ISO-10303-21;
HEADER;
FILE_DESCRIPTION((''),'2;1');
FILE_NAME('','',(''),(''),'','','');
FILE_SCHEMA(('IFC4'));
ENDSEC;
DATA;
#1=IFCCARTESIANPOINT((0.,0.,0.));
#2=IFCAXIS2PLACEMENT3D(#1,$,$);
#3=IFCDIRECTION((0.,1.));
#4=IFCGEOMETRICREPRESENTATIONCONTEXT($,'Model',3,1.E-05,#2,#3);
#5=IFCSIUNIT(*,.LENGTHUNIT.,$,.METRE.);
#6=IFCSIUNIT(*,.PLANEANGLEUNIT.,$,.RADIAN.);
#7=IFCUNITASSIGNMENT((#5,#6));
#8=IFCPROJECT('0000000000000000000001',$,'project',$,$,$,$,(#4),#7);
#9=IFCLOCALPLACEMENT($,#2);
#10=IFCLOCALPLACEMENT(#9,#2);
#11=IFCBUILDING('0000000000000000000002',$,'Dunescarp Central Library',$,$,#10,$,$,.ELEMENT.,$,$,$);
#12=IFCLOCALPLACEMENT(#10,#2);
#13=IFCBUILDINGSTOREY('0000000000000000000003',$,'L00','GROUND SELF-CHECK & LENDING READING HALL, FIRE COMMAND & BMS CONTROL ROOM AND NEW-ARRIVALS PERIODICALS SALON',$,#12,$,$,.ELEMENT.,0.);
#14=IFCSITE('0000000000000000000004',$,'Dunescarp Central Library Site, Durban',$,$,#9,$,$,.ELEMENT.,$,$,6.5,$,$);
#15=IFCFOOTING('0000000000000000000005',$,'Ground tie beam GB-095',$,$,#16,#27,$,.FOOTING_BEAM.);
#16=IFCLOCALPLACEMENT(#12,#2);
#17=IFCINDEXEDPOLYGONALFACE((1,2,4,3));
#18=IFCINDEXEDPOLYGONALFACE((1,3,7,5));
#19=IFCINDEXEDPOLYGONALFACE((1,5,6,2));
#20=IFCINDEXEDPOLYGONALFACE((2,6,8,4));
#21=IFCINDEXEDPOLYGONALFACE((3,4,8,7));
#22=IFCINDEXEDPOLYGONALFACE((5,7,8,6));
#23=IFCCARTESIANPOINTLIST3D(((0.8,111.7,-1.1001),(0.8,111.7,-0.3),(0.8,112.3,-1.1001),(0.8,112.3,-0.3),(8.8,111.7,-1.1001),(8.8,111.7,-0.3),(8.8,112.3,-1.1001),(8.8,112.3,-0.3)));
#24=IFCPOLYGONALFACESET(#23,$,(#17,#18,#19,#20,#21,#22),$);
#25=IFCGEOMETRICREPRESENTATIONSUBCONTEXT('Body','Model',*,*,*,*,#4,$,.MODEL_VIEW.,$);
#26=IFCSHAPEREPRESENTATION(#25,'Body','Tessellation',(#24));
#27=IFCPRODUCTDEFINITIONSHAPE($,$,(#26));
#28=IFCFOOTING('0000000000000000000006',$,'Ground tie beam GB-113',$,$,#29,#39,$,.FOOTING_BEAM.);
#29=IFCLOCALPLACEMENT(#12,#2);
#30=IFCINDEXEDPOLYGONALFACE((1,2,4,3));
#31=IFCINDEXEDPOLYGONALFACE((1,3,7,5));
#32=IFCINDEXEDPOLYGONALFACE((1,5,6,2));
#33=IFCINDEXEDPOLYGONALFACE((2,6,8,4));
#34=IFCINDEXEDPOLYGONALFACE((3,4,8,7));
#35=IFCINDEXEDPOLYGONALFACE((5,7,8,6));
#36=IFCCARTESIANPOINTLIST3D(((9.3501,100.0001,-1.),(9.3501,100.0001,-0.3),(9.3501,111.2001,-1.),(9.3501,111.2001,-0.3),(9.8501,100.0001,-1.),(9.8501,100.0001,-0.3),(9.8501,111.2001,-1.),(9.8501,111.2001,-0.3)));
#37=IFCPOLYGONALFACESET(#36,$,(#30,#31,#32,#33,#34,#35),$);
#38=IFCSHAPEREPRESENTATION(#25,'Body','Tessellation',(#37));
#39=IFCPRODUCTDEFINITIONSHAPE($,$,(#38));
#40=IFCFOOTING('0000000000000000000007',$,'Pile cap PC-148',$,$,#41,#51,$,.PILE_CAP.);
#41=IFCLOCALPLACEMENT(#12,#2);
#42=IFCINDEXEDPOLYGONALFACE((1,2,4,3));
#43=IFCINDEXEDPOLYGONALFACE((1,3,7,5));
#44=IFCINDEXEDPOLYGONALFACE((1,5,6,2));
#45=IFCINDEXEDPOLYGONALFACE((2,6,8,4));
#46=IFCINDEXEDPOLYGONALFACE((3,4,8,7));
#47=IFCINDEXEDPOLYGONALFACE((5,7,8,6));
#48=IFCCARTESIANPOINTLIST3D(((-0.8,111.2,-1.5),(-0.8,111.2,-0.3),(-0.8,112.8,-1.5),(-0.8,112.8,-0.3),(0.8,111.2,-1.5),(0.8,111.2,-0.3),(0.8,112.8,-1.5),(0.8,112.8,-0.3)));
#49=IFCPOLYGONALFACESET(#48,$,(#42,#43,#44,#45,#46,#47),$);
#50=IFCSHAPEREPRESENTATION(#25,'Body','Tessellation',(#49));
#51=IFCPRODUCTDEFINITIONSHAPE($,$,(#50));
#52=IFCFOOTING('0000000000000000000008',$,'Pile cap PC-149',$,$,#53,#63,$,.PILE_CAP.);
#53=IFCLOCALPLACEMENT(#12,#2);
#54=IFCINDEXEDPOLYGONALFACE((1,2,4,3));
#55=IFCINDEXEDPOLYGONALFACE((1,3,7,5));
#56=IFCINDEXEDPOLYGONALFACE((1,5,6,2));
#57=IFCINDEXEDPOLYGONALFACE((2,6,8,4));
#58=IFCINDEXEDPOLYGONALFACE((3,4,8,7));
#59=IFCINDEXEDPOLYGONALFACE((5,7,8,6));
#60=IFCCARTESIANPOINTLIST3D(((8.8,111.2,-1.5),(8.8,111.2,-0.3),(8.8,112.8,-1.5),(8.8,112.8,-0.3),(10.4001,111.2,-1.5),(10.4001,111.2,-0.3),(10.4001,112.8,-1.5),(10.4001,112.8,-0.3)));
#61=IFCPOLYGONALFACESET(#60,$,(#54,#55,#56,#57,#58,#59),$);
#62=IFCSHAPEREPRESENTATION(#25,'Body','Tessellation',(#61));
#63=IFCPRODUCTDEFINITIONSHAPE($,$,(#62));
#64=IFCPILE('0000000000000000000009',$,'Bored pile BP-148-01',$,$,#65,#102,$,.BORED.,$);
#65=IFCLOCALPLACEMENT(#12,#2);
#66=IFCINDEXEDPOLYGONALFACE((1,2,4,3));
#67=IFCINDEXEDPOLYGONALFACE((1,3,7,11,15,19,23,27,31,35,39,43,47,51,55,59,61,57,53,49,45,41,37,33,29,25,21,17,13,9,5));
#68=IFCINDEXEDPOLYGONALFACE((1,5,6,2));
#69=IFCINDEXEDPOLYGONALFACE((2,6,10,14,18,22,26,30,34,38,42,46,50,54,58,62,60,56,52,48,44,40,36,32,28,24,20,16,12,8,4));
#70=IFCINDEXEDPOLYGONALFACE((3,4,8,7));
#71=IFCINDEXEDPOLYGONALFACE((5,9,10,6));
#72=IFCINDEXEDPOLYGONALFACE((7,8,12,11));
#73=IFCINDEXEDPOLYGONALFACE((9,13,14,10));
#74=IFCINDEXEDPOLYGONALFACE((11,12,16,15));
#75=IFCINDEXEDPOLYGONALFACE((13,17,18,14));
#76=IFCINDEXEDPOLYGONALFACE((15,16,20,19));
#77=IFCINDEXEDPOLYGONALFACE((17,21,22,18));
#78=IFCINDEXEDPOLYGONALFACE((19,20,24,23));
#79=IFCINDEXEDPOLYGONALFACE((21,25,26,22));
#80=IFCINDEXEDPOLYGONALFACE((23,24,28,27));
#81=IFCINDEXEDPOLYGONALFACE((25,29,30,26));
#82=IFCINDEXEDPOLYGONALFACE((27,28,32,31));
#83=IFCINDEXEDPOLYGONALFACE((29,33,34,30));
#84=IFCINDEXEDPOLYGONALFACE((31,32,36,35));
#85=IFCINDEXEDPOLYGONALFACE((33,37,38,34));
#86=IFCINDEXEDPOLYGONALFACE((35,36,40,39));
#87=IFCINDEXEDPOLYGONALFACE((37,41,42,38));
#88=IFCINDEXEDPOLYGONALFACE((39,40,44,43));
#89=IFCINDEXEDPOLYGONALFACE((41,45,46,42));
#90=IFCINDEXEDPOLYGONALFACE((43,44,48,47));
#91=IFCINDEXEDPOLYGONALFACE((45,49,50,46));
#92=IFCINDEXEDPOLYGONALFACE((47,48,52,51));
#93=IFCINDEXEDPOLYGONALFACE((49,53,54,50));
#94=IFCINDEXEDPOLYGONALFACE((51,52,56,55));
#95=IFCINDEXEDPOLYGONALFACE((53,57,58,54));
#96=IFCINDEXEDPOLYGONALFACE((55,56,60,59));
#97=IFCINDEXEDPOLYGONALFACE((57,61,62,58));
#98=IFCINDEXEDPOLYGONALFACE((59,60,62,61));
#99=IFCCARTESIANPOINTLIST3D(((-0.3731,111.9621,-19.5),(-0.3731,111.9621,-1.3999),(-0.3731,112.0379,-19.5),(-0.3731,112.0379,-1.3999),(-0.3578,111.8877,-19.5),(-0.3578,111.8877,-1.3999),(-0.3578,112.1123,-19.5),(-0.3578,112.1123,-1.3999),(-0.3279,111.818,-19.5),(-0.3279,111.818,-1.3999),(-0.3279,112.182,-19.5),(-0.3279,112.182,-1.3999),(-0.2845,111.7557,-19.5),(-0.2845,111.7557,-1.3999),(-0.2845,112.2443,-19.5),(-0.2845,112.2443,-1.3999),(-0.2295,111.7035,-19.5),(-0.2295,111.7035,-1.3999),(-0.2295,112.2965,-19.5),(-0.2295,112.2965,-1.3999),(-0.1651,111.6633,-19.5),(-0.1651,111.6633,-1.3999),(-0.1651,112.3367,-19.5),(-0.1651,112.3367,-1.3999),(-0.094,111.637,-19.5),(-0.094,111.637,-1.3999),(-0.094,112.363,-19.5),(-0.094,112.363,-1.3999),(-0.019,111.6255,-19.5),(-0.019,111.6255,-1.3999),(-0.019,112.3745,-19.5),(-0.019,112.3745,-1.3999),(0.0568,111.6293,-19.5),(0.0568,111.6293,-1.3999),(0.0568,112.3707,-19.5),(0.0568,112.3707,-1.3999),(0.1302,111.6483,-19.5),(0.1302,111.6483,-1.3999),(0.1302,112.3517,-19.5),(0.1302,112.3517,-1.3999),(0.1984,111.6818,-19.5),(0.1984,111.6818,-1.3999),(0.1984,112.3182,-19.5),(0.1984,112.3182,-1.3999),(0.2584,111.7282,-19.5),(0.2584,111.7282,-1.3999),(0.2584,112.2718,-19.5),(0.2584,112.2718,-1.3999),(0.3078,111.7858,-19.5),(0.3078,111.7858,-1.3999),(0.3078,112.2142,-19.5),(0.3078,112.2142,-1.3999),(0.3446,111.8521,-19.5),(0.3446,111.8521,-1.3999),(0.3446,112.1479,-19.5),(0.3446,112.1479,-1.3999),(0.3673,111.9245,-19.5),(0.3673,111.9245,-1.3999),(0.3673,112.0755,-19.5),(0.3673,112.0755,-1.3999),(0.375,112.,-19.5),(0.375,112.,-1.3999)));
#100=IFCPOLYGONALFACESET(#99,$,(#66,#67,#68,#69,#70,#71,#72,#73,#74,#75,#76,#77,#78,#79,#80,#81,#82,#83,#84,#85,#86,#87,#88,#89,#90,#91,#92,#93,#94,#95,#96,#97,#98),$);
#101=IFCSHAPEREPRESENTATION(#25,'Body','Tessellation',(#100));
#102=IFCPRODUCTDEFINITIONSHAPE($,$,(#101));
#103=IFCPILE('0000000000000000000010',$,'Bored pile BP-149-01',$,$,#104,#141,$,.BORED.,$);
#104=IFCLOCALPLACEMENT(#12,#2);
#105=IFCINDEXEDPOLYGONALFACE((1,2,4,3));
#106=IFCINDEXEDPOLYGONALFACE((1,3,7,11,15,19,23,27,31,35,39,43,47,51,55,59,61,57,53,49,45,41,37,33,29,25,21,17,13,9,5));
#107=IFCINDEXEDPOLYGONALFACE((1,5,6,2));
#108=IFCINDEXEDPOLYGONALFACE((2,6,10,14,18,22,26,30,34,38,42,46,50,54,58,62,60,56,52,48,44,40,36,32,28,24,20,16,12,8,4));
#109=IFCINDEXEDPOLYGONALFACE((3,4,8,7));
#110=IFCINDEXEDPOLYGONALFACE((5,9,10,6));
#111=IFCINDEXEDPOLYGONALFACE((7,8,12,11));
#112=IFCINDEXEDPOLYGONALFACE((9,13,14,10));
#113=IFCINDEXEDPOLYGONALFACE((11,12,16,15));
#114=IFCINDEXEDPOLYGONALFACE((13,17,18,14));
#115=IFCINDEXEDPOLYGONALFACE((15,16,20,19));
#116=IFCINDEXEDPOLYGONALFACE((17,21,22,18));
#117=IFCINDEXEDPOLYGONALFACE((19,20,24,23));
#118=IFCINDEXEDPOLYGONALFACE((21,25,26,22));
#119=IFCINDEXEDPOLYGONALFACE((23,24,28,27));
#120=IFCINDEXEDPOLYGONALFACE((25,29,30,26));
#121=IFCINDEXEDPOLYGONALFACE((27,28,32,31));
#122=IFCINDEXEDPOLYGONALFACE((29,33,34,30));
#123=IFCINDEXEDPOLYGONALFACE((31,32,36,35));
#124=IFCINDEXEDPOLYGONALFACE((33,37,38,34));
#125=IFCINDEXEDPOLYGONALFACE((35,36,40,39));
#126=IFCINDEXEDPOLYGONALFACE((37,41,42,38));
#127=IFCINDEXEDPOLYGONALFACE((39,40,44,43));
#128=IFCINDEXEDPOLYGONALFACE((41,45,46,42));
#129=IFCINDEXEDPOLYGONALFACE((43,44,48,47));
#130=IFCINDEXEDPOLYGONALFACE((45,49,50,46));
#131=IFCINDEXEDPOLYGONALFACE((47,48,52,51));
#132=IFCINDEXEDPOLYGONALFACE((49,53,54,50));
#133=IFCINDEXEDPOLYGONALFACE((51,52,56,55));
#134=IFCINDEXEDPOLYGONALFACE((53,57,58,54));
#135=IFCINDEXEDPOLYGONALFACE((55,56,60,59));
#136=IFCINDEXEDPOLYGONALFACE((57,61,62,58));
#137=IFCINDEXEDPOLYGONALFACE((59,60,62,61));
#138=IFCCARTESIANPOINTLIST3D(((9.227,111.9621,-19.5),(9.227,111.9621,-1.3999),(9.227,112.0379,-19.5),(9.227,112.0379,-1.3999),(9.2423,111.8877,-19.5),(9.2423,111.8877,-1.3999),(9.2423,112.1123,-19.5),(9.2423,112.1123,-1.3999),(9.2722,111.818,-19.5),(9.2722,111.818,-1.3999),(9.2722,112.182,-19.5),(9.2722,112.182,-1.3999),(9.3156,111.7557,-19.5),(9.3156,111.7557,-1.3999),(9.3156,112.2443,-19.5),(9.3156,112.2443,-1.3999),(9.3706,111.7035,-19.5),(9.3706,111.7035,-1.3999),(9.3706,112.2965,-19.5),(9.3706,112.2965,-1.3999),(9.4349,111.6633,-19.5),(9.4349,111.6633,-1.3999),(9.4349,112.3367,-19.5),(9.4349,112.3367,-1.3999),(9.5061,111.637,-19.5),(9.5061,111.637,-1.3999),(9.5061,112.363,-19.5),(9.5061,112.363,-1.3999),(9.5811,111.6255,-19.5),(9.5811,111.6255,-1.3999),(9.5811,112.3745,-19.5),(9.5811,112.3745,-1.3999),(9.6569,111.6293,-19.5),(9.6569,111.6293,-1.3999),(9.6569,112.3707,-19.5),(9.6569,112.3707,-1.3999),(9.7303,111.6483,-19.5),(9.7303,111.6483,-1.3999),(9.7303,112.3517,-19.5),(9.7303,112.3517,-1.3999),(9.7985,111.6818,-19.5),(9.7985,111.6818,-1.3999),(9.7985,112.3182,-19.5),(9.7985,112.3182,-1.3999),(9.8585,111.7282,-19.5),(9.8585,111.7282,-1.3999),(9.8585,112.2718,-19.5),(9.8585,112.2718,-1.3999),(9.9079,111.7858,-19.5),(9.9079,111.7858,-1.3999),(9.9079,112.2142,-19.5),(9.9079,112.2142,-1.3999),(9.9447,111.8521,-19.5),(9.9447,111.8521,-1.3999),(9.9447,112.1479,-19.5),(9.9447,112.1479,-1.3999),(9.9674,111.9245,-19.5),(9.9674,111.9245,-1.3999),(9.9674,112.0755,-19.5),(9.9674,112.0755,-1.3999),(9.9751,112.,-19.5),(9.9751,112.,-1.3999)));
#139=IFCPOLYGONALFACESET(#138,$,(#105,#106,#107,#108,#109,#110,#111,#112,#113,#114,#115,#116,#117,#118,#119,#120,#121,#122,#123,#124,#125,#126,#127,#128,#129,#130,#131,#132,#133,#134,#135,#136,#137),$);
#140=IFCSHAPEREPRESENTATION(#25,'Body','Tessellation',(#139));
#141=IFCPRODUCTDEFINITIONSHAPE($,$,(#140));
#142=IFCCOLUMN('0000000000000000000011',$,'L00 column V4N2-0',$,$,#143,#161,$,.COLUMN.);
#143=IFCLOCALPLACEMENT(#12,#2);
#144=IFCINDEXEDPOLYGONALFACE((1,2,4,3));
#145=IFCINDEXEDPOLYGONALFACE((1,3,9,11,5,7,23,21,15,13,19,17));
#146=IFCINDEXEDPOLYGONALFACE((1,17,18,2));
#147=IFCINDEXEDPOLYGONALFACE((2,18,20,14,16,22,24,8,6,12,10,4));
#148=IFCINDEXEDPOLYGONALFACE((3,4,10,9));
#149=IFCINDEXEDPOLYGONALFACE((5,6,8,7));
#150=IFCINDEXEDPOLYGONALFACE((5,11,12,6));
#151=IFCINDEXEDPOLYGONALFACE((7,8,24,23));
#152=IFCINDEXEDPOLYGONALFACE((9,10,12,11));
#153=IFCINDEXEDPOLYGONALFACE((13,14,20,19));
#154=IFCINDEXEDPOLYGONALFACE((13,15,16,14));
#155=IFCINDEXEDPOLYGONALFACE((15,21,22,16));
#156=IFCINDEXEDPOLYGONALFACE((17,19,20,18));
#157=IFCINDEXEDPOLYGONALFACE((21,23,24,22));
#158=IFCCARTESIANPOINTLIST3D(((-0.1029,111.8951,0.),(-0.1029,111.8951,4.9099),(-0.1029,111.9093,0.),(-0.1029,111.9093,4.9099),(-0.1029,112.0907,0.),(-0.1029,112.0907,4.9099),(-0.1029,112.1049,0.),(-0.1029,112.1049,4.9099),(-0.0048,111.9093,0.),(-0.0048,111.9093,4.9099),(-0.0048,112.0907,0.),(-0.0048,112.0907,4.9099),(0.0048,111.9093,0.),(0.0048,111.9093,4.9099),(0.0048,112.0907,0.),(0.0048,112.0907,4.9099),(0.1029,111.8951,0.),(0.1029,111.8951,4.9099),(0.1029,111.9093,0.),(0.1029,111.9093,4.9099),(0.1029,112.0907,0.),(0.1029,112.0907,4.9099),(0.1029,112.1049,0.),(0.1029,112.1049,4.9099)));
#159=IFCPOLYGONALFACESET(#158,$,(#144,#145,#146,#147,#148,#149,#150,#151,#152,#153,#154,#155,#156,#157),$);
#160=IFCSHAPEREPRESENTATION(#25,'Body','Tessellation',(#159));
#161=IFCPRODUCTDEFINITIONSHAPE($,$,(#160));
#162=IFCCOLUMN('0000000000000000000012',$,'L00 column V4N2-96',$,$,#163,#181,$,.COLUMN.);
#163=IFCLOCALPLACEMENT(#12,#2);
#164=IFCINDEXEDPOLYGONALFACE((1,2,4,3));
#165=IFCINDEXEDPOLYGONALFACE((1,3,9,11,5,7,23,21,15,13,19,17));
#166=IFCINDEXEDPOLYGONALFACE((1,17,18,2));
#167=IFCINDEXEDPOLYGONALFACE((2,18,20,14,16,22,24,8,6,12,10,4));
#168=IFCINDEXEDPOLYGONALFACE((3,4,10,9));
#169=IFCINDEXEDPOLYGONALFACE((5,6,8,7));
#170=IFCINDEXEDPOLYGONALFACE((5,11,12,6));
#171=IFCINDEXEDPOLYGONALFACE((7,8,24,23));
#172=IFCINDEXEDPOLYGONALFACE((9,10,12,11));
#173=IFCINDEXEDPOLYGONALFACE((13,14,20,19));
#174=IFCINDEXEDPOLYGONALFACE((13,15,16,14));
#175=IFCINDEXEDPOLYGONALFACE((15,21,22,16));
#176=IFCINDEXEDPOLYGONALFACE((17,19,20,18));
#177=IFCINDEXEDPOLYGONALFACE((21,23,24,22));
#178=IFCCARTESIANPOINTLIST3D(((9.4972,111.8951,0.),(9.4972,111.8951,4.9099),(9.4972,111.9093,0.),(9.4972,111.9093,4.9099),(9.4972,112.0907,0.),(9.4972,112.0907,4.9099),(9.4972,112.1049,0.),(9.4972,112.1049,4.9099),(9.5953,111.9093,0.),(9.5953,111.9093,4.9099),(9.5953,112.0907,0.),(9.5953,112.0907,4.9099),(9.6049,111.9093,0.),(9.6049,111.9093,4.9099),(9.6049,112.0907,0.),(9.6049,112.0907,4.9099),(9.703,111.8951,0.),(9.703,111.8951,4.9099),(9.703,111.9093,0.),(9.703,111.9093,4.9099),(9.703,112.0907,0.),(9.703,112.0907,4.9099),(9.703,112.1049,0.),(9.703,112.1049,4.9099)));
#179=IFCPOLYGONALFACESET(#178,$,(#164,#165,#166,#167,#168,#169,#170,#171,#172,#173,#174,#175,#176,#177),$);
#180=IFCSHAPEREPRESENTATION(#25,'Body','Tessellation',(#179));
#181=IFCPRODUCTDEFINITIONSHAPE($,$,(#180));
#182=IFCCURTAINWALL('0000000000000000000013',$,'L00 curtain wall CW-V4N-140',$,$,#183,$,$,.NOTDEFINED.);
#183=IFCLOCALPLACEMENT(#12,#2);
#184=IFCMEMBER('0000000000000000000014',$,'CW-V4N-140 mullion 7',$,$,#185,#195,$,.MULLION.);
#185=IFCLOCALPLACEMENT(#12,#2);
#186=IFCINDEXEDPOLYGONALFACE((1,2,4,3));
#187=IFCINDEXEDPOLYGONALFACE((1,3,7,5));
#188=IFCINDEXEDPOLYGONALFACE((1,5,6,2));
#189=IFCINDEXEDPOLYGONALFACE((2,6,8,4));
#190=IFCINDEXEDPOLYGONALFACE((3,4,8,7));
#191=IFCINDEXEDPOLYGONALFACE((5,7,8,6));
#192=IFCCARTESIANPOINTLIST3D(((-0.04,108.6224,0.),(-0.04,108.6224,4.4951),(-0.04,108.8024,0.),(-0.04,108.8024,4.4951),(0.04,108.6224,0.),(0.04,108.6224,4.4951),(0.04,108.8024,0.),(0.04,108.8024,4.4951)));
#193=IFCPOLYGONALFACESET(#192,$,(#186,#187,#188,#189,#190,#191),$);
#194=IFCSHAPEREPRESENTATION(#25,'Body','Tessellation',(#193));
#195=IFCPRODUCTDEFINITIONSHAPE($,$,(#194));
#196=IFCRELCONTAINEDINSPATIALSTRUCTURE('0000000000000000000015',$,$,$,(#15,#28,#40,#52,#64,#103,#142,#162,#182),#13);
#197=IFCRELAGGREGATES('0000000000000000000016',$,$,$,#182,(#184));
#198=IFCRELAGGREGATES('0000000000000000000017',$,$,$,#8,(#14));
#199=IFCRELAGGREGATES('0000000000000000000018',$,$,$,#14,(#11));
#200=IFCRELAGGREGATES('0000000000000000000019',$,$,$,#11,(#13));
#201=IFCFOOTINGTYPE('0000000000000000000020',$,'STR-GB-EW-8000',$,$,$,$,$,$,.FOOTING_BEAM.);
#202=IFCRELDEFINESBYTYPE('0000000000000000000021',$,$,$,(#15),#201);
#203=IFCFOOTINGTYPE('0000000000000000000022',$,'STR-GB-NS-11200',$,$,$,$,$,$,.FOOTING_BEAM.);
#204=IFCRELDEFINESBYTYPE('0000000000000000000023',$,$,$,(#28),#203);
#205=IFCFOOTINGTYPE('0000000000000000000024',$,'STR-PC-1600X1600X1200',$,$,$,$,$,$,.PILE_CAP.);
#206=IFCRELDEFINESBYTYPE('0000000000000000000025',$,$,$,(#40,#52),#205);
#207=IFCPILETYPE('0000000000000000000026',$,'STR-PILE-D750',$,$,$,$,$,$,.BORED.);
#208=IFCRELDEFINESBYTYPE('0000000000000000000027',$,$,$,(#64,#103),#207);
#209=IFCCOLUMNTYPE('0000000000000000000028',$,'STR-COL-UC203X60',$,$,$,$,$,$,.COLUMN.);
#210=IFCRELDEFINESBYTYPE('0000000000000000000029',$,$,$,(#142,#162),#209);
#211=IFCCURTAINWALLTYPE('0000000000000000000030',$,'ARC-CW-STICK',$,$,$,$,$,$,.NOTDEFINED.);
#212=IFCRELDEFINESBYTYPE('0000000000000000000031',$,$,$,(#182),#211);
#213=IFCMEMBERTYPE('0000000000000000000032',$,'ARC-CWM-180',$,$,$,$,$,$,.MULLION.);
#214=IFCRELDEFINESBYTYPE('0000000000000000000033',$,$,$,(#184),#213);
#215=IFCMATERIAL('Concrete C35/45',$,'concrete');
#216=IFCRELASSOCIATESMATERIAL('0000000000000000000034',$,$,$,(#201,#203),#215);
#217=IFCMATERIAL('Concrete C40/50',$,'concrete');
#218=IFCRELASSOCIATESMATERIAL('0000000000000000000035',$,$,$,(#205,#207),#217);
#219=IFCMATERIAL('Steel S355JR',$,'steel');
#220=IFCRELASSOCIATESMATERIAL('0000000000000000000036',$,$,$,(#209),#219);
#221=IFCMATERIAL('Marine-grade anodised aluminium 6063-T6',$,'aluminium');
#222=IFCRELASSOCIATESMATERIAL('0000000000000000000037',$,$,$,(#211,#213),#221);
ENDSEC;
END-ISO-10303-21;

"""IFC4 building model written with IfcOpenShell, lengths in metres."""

from ifc_helpers import new_model, si_unit, direction, frame, origin, origin_2d, place, context, subcontext, project, spatial, rectangle, circle, i_section, extrude, material, material_profile, profile_set, type_object, element, aggregate, save


model = new_model("IFC4")

# Units and contexts
model_context = context("Model", 3, precision=1e-05, world=origin(), true_north=direction((0.0, 1.0)))
body_context = subcontext(model_context, "Body", "Model", "MODEL_VIEW")
ifc_project = project(units=[si_unit("LENGTHUNIT", "METRE"), si_unit("PLANEANGLEUNIT", "RADIAN")], contexts=[model_context])

# Site, building, storey
site_placement = place(None, origin())
site = spatial("IfcSite", under=ifc_project, at=site_placement, Name="Dunescarp Central Library Site, Durban", CompositionType="ELEMENT", RefElevation=6.5)
building_placement = place(site_placement, origin())
building = spatial("IfcBuilding", under=site, at=building_placement, Name="Dunescarp Central Library", CompositionType="ELEMENT")
storey_placement = place(building_placement, origin())
storey = spatial("IfcBuildingStorey", under=building, at=storey_placement, Name="L00", Description="GROUND SELF-CHECK & LENDING READING HALL, FIRE COMMAND & BMS CONTROL ROOM AND NEW-ARRIVALS PERIODICALS SALON", CompositionType="ELEMENT", Elevation=0.0)

# Footings
ifc_material_1 = material(Name="Concrete C35/45", Category="concrete")
footing_type_1 = type_object("IfcFootingType", Name="STR-GB-EW-8000", PredefinedType="FOOTING_BEAM", material=ifc_material_1)
footing_1_placement = place(storey_placement, frame((4.8, 112.0, -1.1001), z_axis=(0.0, 0.0, 1.0), x_axis=(1.0, 0.0, 0.0)))
element("IfcFooting", 1, at=footing_1_placement, inside=storey, type_object=footing_type_1, Name="Ground tie beam GB-095", PredefinedType="FOOTING_BEAM", context=body_context, shape_type="SweptSolid", body=[
    extrude(rectangle(XDim=8.0, YDim=0.6001, at=origin_2d()), origin(), (0.0, 0.0, 1.0), 0.8),
])
footing_type_2 = type_object("IfcFootingType", Name="STR-GB-NS-11200", PredefinedType="FOOTING_BEAM", material=ifc_material_1)
footing_2_placement = place(storey_placement, frame((9.6001, 105.6001, -1.0), z_axis=(0.0, 0.0, 1.0), x_axis=(0.0, 1.0, 0.0)))
element("IfcFooting", 2, at=footing_2_placement, inside=storey, type_object=footing_type_2, Name="Ground tie beam GB-113", PredefinedType="FOOTING_BEAM", context=body_context, shape_type="SweptSolid", body=[
    extrude(rectangle(XDim=11.2, YDim=0.5, at=origin_2d()), origin(), (0.0, 0.0, 1.0), 0.7),
])
ifc_material_2 = material(Name="Concrete C40/50", Category="concrete")
footing_type_3 = type_object("IfcFootingType", Name="STR-PC-1600X1600X1200", PredefinedType="PILE_CAP", material=ifc_material_2)
for number, where, z_axis, x_axis, name in (
    (3, (0.0, 112.0, -1.5), (0.0, 0.0, 1.0), (1.0, 0.0, 0.0), "Pile cap PC-148"),
    (4, (9.6001, 112.0, -1.5), (0.0, 0.0, 1.0), (1.0, 0.0, 0.0), "Pile cap PC-149"),
):
    element("IfcFooting", number, at=place(storey_placement, frame(where, z_axis=z_axis, x_axis=x_axis)), inside=storey, type_object=footing_type_3, Name=name, PredefinedType="PILE_CAP", context=body_context, shape_type="SweptSolid", body=[
        extrude(rectangle(XDim=1.6001, YDim=1.6001, at=origin_2d()), origin(), (0.0, 0.0, 1.0), 1.2),
    ])

# Piles
ifc_material_profile_1 = material_profile(ifc_material_2, circle(Radius=0.375, at=origin_2d()), Name="PILE D750")
ifc_profile_set_1 = profile_set([ifc_material_profile_1], Name="Concrete C40/50")
pile_type = type_object("IfcPileType", Name="STR-PILE-D750", PredefinedType="BORED", material=ifc_profile_set_1)
for number, where, z_axis, x_axis, name in (
    (5, (0.0, 112.0, -1.3999), (0.0, 0.0, -1.0), (1.0, 0.0, 0.0), "Bored pile BP-148-01"),
    (6, (9.6001, 112.0, -1.3999), (0.0, 0.0, -1.0), (1.0, 0.0, 0.0), "Bored pile BP-149-01"),
):
    element("IfcPile", number, at=place(storey_placement, frame(where, z_axis=z_axis, x_axis=x_axis)), inside=storey, type_object=pile_type, Name=name, PredefinedType="BORED", context=body_context, shape_type="SweptSolid", body=[
        extrude(circle(Radius=0.375, at=origin_2d()), origin(), (0.0, 0.0, 1.0), 18.1001),
    ])

# Columns
ifc_material_3 = material(Name="Steel S355JR", Category="steel")
ifc_material_profile_2 = material_profile(ifc_material_3, i_section(OverallWidth=0.2058, OverallDepth=0.2097, WebThickness=0.0095, FlangeThickness=0.0142, at=origin_2d()), Name="UC 203x203x60")
ifc_profile_set_2 = profile_set([ifc_material_profile_2], Name="Steel S355JR")
column_type = type_object("IfcColumnType", Name="STR-COL-UC203X60", PredefinedType="COLUMN", material=ifc_profile_set_2)
for number, where, z_axis, x_axis, name in (
    (7, (0.0, 112.0, 0.0), (0.0, 0.0, 1.0), (1.0, 0.0, 0.0), "L00 column V4N2-0"),
    (8, (9.6001, 112.0, 0.0), (0.0, 0.0, 1.0), (1.0, 0.0, 0.0), "L00 column V4N2-96"),
):
    element("IfcColumn", number, at=place(storey_placement, frame(where, z_axis=z_axis, x_axis=x_axis)), inside=storey, type_object=column_type, Name=name, PredefinedType="COLUMN", context=body_context, shape_type="SweptSolid", body=[
        extrude(i_section(OverallWidth=0.2058, OverallDepth=0.2097, WebThickness=0.0095, FlangeThickness=0.0142, at=origin_2d()), origin(), (0.0, 0.0, 1.0), 4.9099),
    ])

# Curtain wall, member
ifc_material_4 = material(Name="Marine-grade anodised aluminium 6063-T6", Category="aluminium")
curtain_wall_type = type_object("IfcCurtainWallType", Name="ARC-CW-STICK", PredefinedType="NOTDEFINED", material=ifc_material_4)
curtain_wall_placement = place(storey_placement, origin())
curtain_wall = element("IfcCurtainWall", 9, at=curtain_wall_placement, inside=storey, type_object=curtain_wall_type, Name="L00 curtain wall CW-V4N-140", PredefinedType="NOTDEFINED")
ifc_material_profile_3 = material_profile(ifc_material_4, rectangle(XDim=0.0801, YDim=0.1799, at=origin_2d()), Name="AL 80x180")
ifc_profile_set_3 = profile_set([ifc_material_profile_3], Name="Marine-grade anodised aluminium 6063-T6")
member_type_1 = type_object("IfcMemberType", Name="ARC-CWM-180", PredefinedType="MULLION", material=ifc_profile_set_3)
member_1_placement = place(storey_placement, frame((0.0, 108.7124, 0.0), z_axis=(0.0, 0.0, 1.0), x_axis=(-1.0, 0.0, 0.0)))
member_1 = element("IfcMember", 10, at=member_1_placement, type_object=member_type_1, Name="CW-V4N-140 mullion 7", PredefinedType="MULLION", context=body_context, shape_type="SweptSolid", body=[
    extrude(rectangle(XDim=0.0801, YDim=0.1799, at=origin_2d()), origin(), (0.0, 0.0, 1.0), 4.4951),
])
aggregate(curtain_wall, [member_1])

save(model, "model.ifc")
